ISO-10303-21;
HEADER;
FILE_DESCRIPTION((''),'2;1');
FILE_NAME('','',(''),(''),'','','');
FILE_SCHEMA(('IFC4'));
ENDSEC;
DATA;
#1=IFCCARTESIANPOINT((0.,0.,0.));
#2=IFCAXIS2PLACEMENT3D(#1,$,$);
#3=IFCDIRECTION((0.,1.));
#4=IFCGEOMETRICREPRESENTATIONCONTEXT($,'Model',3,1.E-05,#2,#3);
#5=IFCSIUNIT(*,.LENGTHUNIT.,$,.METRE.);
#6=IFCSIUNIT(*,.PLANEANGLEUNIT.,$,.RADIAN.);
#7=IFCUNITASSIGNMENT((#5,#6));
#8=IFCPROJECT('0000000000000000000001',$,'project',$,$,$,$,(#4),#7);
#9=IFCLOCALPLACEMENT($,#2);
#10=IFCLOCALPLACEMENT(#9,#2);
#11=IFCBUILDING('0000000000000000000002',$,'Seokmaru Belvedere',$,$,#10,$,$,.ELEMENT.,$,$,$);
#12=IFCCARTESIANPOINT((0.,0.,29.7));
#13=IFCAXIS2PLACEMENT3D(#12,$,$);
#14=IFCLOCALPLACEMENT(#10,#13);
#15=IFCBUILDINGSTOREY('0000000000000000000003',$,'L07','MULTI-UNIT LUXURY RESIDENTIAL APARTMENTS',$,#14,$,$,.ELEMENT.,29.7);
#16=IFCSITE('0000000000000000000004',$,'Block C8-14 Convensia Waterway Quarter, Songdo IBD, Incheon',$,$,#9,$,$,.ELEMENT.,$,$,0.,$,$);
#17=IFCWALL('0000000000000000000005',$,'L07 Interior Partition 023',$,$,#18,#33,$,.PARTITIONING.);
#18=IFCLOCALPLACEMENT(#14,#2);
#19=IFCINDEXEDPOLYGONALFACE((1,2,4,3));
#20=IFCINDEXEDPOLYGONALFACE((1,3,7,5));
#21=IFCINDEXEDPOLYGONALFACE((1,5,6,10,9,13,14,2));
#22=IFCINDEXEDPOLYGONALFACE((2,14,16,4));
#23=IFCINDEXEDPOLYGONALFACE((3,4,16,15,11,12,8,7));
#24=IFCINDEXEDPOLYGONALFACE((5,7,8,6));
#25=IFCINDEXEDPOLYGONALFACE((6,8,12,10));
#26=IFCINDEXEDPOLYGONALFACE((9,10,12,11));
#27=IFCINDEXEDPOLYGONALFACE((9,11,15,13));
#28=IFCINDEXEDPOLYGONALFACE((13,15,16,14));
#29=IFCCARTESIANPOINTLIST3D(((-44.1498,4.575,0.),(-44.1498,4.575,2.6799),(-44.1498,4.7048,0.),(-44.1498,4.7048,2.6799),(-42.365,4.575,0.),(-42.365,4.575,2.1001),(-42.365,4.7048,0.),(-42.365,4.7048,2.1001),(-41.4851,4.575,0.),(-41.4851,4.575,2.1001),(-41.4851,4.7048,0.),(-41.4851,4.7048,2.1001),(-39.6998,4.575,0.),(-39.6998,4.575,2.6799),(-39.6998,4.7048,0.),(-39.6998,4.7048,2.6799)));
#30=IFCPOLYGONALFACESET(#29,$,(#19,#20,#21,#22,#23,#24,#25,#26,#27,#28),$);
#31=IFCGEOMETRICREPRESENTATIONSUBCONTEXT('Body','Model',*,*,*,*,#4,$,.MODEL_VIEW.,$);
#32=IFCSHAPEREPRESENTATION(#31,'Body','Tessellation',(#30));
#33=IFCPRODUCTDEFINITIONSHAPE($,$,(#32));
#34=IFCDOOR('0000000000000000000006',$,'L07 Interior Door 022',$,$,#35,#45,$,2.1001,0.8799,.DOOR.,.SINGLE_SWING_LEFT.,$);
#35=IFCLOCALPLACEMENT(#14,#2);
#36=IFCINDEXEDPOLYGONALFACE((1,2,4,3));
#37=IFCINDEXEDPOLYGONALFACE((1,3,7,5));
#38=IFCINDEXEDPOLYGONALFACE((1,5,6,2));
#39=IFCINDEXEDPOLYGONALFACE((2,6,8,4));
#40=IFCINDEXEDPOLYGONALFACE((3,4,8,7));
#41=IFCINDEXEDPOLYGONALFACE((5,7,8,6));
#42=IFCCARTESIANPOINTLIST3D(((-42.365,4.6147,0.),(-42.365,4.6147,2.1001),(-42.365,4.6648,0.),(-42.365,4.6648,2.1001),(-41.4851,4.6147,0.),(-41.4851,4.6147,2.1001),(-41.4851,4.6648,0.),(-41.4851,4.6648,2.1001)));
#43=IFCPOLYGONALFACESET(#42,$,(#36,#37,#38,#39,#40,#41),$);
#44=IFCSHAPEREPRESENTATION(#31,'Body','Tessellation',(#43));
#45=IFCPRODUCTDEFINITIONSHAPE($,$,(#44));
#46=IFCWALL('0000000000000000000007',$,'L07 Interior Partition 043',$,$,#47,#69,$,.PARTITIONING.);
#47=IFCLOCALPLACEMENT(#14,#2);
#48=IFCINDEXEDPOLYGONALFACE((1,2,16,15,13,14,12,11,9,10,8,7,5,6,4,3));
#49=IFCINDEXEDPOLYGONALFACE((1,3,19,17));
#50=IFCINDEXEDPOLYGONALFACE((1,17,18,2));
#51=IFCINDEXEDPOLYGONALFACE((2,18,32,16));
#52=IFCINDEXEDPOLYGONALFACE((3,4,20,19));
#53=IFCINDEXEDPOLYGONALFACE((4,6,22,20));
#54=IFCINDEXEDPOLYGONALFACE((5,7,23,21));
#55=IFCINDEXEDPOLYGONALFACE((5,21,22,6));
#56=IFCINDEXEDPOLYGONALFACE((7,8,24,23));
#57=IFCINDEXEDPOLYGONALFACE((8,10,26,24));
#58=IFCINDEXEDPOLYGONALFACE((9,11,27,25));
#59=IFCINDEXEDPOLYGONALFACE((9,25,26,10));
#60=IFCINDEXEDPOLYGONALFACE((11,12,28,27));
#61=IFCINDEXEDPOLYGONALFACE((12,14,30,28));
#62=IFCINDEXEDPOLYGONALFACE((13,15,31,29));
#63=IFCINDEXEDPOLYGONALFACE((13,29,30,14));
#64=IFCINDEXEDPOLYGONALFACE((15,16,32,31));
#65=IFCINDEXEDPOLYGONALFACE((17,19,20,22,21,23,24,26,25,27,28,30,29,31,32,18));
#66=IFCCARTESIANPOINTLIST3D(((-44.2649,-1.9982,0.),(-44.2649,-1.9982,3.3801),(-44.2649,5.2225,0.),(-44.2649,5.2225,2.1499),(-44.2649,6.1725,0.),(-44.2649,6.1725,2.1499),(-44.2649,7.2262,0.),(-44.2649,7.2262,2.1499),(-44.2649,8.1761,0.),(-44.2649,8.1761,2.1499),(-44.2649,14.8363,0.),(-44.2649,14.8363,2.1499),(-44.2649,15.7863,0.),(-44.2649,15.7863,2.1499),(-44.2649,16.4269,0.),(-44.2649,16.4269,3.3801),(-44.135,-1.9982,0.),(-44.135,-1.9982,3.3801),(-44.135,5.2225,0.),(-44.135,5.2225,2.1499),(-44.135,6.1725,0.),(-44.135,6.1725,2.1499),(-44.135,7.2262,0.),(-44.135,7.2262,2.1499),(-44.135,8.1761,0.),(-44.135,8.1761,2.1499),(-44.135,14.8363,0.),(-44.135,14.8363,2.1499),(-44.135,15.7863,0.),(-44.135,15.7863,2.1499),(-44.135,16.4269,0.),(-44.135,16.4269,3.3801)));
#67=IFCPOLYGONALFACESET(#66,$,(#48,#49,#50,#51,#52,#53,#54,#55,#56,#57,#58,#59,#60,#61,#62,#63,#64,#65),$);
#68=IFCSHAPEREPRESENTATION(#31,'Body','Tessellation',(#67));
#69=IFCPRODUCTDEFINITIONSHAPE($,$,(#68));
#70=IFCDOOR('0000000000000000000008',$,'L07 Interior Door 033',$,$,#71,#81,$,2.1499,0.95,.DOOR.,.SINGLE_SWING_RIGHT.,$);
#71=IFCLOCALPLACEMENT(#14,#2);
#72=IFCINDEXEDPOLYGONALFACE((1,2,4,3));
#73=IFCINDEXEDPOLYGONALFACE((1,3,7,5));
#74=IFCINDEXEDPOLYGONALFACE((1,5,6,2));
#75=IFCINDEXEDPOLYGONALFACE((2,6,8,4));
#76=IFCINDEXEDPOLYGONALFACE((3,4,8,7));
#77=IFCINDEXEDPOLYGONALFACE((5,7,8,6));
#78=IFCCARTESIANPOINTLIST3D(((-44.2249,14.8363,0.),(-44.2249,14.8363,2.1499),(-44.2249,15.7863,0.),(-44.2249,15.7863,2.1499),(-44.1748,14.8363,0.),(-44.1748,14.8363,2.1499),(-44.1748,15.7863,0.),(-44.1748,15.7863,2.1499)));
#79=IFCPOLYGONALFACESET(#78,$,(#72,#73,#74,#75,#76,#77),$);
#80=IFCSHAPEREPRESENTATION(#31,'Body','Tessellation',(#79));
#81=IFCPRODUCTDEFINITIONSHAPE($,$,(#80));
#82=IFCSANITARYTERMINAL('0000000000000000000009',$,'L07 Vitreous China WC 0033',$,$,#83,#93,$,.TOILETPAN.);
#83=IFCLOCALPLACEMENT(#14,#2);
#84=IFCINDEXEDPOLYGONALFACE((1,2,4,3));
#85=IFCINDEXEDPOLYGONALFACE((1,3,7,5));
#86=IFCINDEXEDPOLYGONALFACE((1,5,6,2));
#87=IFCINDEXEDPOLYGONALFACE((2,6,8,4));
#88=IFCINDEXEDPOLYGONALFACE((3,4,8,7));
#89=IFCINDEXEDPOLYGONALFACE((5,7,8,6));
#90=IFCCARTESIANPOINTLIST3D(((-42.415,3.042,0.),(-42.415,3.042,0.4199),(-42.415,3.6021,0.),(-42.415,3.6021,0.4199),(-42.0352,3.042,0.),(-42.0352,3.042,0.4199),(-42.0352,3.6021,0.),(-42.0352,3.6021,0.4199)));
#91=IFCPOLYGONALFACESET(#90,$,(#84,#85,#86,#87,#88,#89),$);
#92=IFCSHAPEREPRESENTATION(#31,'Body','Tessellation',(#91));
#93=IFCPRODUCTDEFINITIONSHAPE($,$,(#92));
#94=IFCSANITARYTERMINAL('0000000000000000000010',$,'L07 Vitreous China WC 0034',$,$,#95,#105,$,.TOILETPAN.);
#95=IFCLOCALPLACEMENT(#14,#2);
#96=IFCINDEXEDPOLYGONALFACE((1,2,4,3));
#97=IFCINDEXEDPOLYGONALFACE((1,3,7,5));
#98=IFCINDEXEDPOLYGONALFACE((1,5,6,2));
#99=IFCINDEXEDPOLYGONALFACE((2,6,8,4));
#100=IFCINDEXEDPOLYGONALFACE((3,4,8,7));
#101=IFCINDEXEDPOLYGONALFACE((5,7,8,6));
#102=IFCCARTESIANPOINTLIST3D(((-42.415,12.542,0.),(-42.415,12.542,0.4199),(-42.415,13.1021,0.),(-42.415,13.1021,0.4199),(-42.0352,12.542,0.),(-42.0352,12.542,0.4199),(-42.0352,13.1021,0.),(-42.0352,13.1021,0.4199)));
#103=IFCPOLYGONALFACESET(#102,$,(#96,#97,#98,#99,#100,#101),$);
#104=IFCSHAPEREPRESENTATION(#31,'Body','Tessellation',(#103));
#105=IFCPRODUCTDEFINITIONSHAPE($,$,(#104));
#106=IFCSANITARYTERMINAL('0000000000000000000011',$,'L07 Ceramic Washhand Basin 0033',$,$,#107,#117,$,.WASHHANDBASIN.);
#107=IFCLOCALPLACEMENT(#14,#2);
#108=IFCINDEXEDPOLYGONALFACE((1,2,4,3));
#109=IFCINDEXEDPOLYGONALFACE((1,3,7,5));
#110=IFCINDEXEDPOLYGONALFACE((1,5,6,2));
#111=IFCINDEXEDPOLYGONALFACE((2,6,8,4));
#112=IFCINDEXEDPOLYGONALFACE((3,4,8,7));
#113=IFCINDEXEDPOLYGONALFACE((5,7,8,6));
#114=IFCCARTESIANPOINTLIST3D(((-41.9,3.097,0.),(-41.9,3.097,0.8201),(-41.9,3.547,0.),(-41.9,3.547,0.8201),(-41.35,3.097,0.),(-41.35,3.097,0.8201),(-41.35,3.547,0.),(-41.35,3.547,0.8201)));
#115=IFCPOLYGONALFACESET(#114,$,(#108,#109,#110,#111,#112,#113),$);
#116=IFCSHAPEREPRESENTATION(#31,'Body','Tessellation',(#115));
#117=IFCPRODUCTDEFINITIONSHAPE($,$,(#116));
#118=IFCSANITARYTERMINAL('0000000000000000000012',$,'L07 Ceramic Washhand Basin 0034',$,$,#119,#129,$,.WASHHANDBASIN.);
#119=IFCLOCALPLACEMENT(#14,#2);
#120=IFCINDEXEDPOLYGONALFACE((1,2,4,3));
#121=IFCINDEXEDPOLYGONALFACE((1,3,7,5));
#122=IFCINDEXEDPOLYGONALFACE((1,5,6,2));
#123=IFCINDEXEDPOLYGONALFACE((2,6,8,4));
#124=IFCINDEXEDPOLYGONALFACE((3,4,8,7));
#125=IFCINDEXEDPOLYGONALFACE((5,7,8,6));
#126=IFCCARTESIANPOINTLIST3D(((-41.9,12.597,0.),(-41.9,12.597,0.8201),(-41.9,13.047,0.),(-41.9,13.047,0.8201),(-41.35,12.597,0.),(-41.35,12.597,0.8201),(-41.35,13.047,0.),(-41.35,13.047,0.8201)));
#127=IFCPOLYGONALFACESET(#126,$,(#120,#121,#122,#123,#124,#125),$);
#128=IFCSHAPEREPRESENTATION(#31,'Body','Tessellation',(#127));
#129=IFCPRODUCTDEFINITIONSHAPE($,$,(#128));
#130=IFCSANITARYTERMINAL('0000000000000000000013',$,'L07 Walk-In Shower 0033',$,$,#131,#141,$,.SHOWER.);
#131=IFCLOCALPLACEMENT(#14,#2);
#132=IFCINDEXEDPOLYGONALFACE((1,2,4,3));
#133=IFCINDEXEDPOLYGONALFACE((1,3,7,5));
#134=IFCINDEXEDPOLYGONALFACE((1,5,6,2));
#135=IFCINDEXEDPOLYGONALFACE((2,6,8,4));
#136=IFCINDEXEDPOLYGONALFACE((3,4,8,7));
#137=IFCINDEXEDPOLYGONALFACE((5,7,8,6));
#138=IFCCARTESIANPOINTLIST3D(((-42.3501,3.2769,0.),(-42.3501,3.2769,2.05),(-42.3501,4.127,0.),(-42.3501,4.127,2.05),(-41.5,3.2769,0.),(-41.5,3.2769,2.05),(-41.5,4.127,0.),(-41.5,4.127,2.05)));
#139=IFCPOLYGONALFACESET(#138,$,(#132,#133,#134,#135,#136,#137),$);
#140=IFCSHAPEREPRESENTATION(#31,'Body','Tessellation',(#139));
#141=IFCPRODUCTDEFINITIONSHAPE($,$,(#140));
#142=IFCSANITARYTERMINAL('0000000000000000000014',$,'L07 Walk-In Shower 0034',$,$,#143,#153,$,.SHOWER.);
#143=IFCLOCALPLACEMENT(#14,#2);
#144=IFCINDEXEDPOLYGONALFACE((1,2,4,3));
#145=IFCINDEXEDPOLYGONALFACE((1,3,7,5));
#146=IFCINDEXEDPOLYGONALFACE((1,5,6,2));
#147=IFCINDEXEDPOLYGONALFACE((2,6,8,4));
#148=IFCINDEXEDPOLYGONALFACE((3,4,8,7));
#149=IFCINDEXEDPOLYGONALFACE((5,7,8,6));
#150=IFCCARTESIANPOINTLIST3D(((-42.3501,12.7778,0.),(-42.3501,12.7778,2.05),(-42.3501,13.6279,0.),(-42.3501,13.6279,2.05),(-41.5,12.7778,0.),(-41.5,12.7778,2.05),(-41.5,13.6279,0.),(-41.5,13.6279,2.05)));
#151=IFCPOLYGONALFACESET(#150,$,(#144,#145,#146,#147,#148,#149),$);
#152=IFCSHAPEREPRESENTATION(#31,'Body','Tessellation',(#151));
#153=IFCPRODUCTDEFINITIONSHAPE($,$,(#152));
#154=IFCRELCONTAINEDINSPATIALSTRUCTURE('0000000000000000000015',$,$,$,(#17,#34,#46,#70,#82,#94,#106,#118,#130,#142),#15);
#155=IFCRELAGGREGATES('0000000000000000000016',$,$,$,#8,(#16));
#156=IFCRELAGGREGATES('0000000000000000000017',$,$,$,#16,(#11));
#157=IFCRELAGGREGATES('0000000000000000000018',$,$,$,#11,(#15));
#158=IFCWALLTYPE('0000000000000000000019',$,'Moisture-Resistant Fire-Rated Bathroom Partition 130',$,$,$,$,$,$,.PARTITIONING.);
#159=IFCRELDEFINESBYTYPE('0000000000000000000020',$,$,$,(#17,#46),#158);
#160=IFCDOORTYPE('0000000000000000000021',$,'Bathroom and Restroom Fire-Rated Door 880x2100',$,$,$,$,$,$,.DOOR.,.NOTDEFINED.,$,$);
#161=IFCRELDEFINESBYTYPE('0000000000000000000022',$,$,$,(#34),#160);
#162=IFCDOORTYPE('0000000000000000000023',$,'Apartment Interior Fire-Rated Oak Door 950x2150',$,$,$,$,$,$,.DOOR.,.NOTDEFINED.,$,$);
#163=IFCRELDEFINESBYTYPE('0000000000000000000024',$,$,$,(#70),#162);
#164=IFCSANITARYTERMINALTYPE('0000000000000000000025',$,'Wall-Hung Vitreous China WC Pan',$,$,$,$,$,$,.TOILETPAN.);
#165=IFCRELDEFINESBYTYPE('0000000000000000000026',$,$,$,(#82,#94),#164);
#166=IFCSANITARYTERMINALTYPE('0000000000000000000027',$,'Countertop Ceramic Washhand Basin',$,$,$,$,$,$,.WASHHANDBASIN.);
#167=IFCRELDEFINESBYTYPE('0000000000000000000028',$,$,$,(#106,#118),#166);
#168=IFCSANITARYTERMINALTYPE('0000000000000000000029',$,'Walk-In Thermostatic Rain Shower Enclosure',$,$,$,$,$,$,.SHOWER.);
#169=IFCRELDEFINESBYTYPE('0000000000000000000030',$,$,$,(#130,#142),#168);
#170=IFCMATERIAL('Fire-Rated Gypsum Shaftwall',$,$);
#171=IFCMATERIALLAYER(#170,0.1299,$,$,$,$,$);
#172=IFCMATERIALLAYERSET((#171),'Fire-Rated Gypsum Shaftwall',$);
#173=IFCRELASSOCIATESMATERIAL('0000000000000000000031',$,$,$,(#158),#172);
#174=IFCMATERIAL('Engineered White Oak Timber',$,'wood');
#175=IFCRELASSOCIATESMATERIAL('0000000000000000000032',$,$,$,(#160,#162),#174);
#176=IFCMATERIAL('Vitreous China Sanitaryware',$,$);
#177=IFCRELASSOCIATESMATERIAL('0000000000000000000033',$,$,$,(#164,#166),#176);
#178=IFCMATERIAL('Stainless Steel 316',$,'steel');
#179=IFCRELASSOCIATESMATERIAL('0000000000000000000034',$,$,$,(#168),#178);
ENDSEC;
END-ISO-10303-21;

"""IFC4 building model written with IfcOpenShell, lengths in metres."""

from ifc_helpers import new_model, si_unit, direction, frame, frame_2d, origin, origin_2d, place, context, subcontext, project, spatial, rectangle, extrude, source, transform, mapped, material, layer, layer_set, type_object, type_shapes, element, fill, save


model = new_model("IFC4")

# Units and contexts
model_context = context("Model", 3, precision=1e-05, world=origin(), true_north=direction((0.0, 1.0)))
body_context = subcontext(model_context, "Body", "Model", "MODEL_VIEW")
ifc_project = project(units=[si_unit("LENGTHUNIT", "METRE"), si_unit("PLANEANGLEUNIT", "RADIAN")], contexts=[model_context])

# Site, building, storey
site_placement = place(None, origin())
site = spatial("IfcSite", under=ifc_project, at=site_placement, Name="Block C8-14 Convensia Waterway Quarter, Songdo IBD, Incheon", CompositionType="ELEMENT", RefElevation=0.0)
building_placement = place(site_placement, origin())
building = spatial("IfcBuilding", under=site, at=building_placement, Name="Seokmaru Belvedere", CompositionType="ELEMENT")
storey_placement = place(building_placement, frame((0.0, 0.0, 29.7)))
storey = spatial("IfcBuildingStorey", under=building, at=storey_placement, Name="L07", Description="MULTI-UNIT LUXURY RESIDENTIAL APARTMENTS", CompositionType="ELEMENT", Elevation=29.7)

# Shared definitions
ifc_material_1 = material(Name="Fire-Rated Gypsum Shaftwall")

# Wall, opening, door
ifc_layer_1 = layer(ifc_material_1, 0.1299)
ifc_layer_set_1 = layer_set([ifc_layer_1], Name="Fire-Rated Gypsum Shaftwall")
wall_type_1 = type_object("IfcWallType", Name="Moisture-Resistant Fire-Rated Bathroom Partition 130", PredefinedType="PARTITIONING", material=ifc_layer_set_1)
wall_1_placement = place(storey_placement, frame((-44.1499, 4.6399, 0.0), z_axis=(0.0, 0.0, 1.0), x_axis=(1.0, 0.0, 0.0)))
wall_1 = element("IfcWall", 1, at=wall_1_placement, inside=storey, type_object=wall_type_1, Name="L07 Interior Partition 023", PredefinedType="PARTITIONING", context=body_context, shape_type="SweptSolid", body=[
    extrude(rectangle(XDim=4.45, YDim=0.1299, at=frame_2d((2.2251, 0.0))), origin(), (0.0, 0.0, 1.0), 2.6799),
])
opening_1_placement = place(wall_1_placement, frame((1.7849, 0.0, 0.0)))
opening_1 = element("IfcOpeningElement", 2, at=opening_1_placement, cuts=wall_1, PredefinedType="OPENING", context=body_context, shape_type="SweptSolid", body=[
    extrude(rectangle(XDim=0.8799, YDim=2.1001, at=frame_2d((0.4399, 1.05))), frame((0.0, 0.075, 0.0), z_axis=(0.0, -1.0, 0.0), x_axis=(1.0, 0.0, 0.0)), (0.0, 0.0, 1.0), 0.1499),
])
ifc_material_2 = material(Name="Engineered White Oak Timber", Category="wood")
door_type_1 = type_object("IfcDoorType", Name="Bathroom and Restroom Fire-Rated Door 880x2100", OperationType="NOTDEFINED", PredefinedType="DOOR", material=ifc_material_2)
shared_shape_1 = source(origin(), body_context, "Body", "SweptSolid", [
    extrude(rectangle(XDim=0.8799, YDim=2.1001, at=frame_2d((0.4399, 1.05))), frame((0.0, 0.0249, 0.0), z_axis=(0.0, -1.0, 0.0), x_axis=(1.0, 0.0, 0.0)), (0.0, 0.0, 1.0), 0.05),
])
type_shapes(door_type_1, [shared_shape_1])
door_1_placement = place(opening_1_placement, origin())
door_1 = element("IfcDoor", 3, at=door_1_placement, inside=storey, type_object=door_type_1, Name="L07 Interior Door 022", OperationType="SINGLE_SWING_LEFT", OverallHeight=2.1001, OverallWidth=0.8799, PredefinedType="DOOR", context=body_context, shape_type="MappedRepresentation", body=[
    mapped(shared_shape_1, transform((0.0, 0.0, 0.0), scale=1.0)),
])
fill(opening_1, door_1)

# Wall, openings, door
wall_2_placement = place(storey_placement, frame((-44.2, -1.998, 0.0), z_axis=(0.0, 0.0, 1.0), x_axis=(0.0, 1.0, 0.0)))
wall_2 = element("IfcWall", 4, at=wall_2_placement, inside=storey, type_object=wall_type_1, Name="L07 Interior Partition 043", PredefinedType="PARTITIONING", context=body_context, shape_type="SweptSolid", body=[
    extrude(rectangle(XDim=18.425, YDim=0.1299, at=frame_2d((9.2124, 0.0))), origin(), (0.0, 0.0, 1.0), 3.3801),
])
opening_2_placement = place(wall_2_placement, frame((7.2205, 0.0, 0.0)))
element("IfcOpeningElement", 5, at=opening_2_placement, cuts=wall_2, PredefinedType="OPENING", context=body_context, shape_type="SweptSolid", body=[
    extrude(rectangle(XDim=0.95, YDim=2.1499, at=frame_2d((0.4751, 1.075))), frame((0.0, 0.075, 0.0), z_axis=(0.0, -1.0, 0.0), x_axis=(1.0, 0.0, 0.0)), (0.0, 0.0, 1.0), 0.1499),
])
opening_3_placement = place(wall_2_placement, frame((9.2241, 0.0, 0.0)))
element("IfcOpeningElement", 6, at=opening_3_placement, cuts=wall_2, PredefinedType="OPENING", context=body_context, shape_type="SweptSolid", body=[
    extrude(rectangle(XDim=0.95, YDim=2.1499, at=frame_2d((0.4751, 1.075))), frame((0.0, 0.075, 0.0), z_axis=(0.0, -1.0, 0.0), x_axis=(1.0, 0.0, 0.0)), (0.0, 0.0, 1.0), 0.1499),
])
opening_4_placement = place(wall_2_placement, frame((16.8342, 0.0, 0.0)))
opening_4 = element("IfcOpeningElement", 7, at=opening_4_placement, cuts=wall_2, PredefinedType="OPENING", context=body_context, shape_type="SweptSolid", body=[
    extrude(rectangle(XDim=0.95, YDim=2.1499, at=frame_2d((0.4751, 1.075))), frame((0.0, 0.075, 0.0), z_axis=(0.0, -1.0, 0.0), x_axis=(1.0, 0.0, 0.0)), (0.0, 0.0, 1.0), 0.1499),
])
door_type_2 = type_object("IfcDoorType", Name="Apartment Interior Fire-Rated Oak Door 950x2150", OperationType="NOTDEFINED", PredefinedType="DOOR", material=ifc_material_2)
shared_shape_2 = source(origin(), body_context, "Body", "SweptSolid", [
    extrude(rectangle(XDim=0.95, YDim=2.1499, at=frame_2d((0.4751, 1.075))), frame((0.0, 0.0249, 0.0), z_axis=(0.0, -1.0, 0.0), x_axis=(1.0, 0.0, 0.0)), (0.0, 0.0, 1.0), 0.05),
])
type_shapes(door_type_2, [shared_shape_2])
door_2_placement = place(opening_4_placement, origin())
door_2 = element("IfcDoor", 8, at=door_2_placement, inside=storey, type_object=door_type_2, Name="L07 Interior Door 033", OperationType="SINGLE_SWING_RIGHT", OverallHeight=2.1499, OverallWidth=0.95, PredefinedType="DOOR", context=body_context, shape_type="MappedRepresentation", body=[
    mapped(shared_shape_2, transform((0.0, 0.0, 0.0), scale=1.0)),
])
fill(opening_4, door_2)

# Sanitary terminals
ifc_material_3 = material(Name="Vitreous China Sanitaryware")
sanitary_terminal_type_1 = type_object("IfcSanitaryTerminalType", Name="Wall-Hung Vitreous China WC Pan", PredefinedType="TOILETPAN", material=ifc_material_3)
shared_shape_3 = source(origin(), body_context, "Body", "SweptSolid", [
    extrude(rectangle(XDim=0.3799, YDim=0.5601, at=origin_2d()), origin(), (0.0, 0.0, 1.0), 0.4199),
])
type_shapes(sanitary_terminal_type_1, [shared_shape_3])
for number, where, z_axis, x_axis, name in (
    (9, (-42.2251, 3.322, 0.0), (0.0, 0.0, 1.0), (1.0, 0.0, 0.0), "L07 Vitreous China WC 0033"),
    (10, (-42.2251, 12.822, 0.0), (0.0, 0.0, 1.0), (1.0, 0.0, 0.0), "L07 Vitreous China WC 0034"),
):
    element("IfcSanitaryTerminal", number, at=place(storey_placement, frame(where, z_axis=z_axis, x_axis=x_axis)), inside=storey, type_object=sanitary_terminal_type_1, Name=name, PredefinedType="TOILETPAN", context=body_context, shape_type="MappedRepresentation", body=[
        mapped(shared_shape_3, transform((0.0, 0.0, 0.0), scale=1.0)),
    ])
sanitary_terminal_type_2 = type_object("IfcSanitaryTerminalType", Name="Countertop Ceramic Washhand Basin", PredefinedType="WASHHANDBASIN", material=ifc_material_3)
shared_shape_4 = source(origin(), body_context, "Body", "SweptSolid", [
    extrude(rectangle(XDim=0.55, YDim=0.45, at=origin_2d()), origin(), (0.0, 0.0, 1.0), 0.8201),
])
type_shapes(sanitary_terminal_type_2, [shared_shape_4])
for number, where, z_axis, x_axis, name in (
    (11, (-41.625, 3.322, 0.0), (0.0, 0.0, 1.0), (1.0, 0.0, 0.0), "L07 Ceramic Washhand Basin 0033"),
    (12, (-41.625, 12.822, 0.0), (0.0, 0.0, 1.0), (1.0, 0.0, 0.0), "L07 Ceramic Washhand Basin 0034"),
):
    element("IfcSanitaryTerminal", number, at=place(storey_placement, frame(where, z_axis=z_axis, x_axis=x_axis)), inside=storey, type_object=sanitary_terminal_type_2, Name=name, PredefinedType="WASHHANDBASIN", context=body_context, shape_type="MappedRepresentation", body=[
        mapped(shared_shape_4, transform((0.0, 0.0, 0.0), scale=1.0)),
    ])
ifc_material_4 = material(Name="Stainless Steel 316", Category="steel")
sanitary_terminal_type_3 = type_object("IfcSanitaryTerminalType", Name="Walk-In Thermostatic Rain Shower Enclosure", PredefinedType="SHOWER", material=ifc_material_4)
shared_shape_5 = source(origin(), body_context, "Body", "SweptSolid", [
    extrude(rectangle(XDim=0.8501, YDim=0.8501, at=origin_2d()), origin(), (0.0, 0.0, 1.0), 2.05),
])
type_shapes(sanitary_terminal_type_3, [shared_shape_5])
for number, where, z_axis, x_axis, name in (
    (13, (-41.925, 3.7019, 0.0), (0.0, 0.0, 1.0), (1.0, 0.0, 0.0), "L07 Walk-In Shower 0033"),
    (14, (-41.925, 13.2029, 0.0), (0.0, 0.0, 1.0), (1.0, 0.0, 0.0), "L07 Walk-In Shower 0034"),
):
    element("IfcSanitaryTerminal", number, at=place(storey_placement, frame(where, z_axis=z_axis, x_axis=x_axis)), inside=storey, type_object=sanitary_terminal_type_3, Name=name, PredefinedType="SHOWER", context=body_context, shape_type="MappedRepresentation", body=[
        mapped(shared_shape_5, transform((0.0, 0.0, 0.0), scale=1.0)),
    ])

save(model, "model.ifc")
